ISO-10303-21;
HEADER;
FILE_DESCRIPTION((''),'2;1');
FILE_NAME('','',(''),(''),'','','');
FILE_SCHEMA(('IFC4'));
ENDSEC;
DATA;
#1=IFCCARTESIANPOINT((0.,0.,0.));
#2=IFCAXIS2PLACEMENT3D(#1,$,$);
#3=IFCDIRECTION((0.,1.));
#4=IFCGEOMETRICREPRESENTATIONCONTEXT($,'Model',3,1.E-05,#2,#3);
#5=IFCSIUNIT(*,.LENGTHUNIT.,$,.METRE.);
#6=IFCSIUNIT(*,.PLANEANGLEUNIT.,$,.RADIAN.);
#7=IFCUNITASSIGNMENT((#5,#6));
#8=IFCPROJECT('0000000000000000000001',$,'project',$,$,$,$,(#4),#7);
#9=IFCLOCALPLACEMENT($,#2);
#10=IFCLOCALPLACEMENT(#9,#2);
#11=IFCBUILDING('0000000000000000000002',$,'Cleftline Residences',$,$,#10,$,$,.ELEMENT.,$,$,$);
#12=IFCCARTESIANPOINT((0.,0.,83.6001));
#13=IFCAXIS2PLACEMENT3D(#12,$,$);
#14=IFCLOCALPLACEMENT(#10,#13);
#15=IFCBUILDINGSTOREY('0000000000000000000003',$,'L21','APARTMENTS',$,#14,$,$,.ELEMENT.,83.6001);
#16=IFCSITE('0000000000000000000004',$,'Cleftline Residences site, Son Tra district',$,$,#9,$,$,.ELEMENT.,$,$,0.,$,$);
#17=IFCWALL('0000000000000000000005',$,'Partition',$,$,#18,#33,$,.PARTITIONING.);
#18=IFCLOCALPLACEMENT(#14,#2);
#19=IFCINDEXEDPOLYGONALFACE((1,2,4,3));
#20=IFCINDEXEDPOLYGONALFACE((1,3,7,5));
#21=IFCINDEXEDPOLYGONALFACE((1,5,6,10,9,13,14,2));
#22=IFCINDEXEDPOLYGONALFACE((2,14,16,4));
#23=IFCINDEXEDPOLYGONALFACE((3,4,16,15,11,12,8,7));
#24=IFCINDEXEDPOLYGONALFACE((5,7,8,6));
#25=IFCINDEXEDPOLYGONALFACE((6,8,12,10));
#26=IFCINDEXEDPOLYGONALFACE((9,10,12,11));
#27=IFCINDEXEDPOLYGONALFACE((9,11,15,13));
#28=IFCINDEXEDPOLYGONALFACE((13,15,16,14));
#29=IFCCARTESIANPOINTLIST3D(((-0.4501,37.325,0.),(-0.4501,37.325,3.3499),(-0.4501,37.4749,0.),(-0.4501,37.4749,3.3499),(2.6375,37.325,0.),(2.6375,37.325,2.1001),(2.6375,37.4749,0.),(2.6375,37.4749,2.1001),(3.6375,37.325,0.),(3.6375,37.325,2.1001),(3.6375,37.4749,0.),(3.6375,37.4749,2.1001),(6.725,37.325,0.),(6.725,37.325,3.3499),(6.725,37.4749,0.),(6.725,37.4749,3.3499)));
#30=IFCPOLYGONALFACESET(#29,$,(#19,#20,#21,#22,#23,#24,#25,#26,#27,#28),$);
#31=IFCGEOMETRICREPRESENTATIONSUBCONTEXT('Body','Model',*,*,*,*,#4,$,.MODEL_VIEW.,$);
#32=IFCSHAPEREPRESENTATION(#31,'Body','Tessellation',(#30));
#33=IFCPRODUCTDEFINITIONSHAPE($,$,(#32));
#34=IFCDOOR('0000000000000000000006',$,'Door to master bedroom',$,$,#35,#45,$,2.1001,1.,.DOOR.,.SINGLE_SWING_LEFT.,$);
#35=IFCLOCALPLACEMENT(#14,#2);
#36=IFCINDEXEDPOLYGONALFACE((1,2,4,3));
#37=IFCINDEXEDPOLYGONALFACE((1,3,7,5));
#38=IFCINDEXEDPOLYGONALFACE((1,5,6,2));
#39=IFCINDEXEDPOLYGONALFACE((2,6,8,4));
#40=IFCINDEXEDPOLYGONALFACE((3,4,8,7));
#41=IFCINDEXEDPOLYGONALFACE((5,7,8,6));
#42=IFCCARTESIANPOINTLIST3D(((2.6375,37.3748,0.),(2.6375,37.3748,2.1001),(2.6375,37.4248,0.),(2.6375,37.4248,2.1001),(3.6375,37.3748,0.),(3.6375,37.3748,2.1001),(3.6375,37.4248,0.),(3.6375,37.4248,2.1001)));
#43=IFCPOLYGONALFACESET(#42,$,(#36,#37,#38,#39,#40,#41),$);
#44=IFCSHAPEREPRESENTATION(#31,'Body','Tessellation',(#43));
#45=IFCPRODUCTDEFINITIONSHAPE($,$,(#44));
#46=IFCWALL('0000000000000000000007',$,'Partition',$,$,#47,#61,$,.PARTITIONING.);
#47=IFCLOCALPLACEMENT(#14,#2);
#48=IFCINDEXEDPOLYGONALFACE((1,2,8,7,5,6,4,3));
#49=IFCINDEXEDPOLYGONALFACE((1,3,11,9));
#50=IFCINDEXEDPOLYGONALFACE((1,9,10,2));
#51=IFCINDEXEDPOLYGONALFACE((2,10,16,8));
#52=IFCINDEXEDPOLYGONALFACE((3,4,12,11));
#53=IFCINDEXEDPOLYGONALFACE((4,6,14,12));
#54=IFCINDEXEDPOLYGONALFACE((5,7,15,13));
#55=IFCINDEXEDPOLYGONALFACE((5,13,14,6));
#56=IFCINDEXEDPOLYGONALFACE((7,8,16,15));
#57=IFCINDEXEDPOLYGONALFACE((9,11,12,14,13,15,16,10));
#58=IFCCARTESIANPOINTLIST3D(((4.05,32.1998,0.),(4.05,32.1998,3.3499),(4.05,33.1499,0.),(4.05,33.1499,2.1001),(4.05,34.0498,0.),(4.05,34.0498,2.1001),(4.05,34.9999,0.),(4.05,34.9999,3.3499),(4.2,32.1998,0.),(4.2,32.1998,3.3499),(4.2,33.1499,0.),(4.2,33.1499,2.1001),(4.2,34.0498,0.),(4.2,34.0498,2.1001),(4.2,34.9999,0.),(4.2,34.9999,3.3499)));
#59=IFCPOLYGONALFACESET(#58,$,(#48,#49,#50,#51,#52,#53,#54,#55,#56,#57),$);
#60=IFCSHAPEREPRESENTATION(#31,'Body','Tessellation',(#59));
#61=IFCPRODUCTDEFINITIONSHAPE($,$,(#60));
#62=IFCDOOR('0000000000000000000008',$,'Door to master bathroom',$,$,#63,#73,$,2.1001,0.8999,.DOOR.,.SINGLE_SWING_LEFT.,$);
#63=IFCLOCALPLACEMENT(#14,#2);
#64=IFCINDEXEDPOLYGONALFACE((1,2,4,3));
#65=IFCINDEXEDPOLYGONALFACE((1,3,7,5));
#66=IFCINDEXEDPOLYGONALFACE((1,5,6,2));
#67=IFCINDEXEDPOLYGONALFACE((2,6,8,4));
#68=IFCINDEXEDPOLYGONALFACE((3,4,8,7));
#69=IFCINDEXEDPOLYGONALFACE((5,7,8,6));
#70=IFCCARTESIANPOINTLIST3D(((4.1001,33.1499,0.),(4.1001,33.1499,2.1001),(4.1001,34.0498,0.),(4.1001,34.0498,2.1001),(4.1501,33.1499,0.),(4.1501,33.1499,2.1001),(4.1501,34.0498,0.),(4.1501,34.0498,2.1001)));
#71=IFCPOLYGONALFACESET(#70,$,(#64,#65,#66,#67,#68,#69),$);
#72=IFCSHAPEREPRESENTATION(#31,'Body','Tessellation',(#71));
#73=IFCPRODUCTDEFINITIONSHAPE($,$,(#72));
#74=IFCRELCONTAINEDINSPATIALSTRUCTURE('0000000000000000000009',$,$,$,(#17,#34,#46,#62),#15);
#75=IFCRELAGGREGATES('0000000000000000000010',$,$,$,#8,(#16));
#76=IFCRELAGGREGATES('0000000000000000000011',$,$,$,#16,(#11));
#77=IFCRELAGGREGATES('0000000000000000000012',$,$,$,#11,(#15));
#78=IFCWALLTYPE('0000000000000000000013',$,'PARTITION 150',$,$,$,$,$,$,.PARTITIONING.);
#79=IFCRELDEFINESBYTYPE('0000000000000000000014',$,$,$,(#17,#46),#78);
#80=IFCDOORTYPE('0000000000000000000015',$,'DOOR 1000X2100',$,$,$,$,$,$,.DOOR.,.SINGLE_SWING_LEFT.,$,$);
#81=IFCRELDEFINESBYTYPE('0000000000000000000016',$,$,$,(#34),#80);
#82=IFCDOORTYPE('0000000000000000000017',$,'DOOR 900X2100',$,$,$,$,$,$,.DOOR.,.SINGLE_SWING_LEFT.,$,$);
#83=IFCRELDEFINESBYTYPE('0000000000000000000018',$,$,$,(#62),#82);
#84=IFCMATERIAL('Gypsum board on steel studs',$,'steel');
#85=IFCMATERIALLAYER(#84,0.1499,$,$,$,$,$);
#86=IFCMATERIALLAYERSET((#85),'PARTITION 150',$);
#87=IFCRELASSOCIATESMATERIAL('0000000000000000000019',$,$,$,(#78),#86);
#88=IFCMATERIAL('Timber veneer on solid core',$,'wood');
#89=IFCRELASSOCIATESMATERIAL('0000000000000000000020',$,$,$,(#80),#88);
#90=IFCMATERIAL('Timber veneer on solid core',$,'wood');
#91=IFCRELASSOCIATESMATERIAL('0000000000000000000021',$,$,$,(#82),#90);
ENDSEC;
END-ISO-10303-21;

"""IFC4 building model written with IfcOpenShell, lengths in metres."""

from ifc_helpers import new_model, si_unit, direction, frame, frame_2d, origin, place, context, subcontext, project, spatial, rectangle, extrude, material, layer, layer_set, type_object, element, fill, save


model = new_model("IFC4")

# Units and contexts
model_context = context("Model", 3, precision=1e-05, world=origin(), true_north=direction((0.0, 1.0)))
body_context = subcontext(model_context, "Body", "Model", "MODEL_VIEW")
ifc_project = project(units=[si_unit("LENGTHUNIT", "METRE"), si_unit("PLANEANGLEUNIT", "RADIAN")], contexts=[model_context])

# Site, building, storey
site_placement = place(None, origin())
site = spatial("IfcSite", under=ifc_project, at=site_placement, Name="Cleftline Residences site, Son Tra district", CompositionType="ELEMENT", RefElevation=0.0)
building_placement = place(site_placement, origin())
building = spatial("IfcBuilding", under=site, at=building_placement, Name="Cleftline Residences", CompositionType="ELEMENT")
storey_placement = place(building_placement, frame((0.0, 0.0, 83.6001)))
storey = spatial("IfcBuildingStorey", under=building, at=storey_placement, Name="L21", Description="APARTMENTS", CompositionType="ELEMENT", Elevation=83.6001)

# Shared definitions
ifc_material_1 = material(Name="Gypsum board on steel studs", Category="steel")
ifc_layer_1 = layer(ifc_material_1, 0.1499)
ifc_layer_set_1 = layer_set([ifc_layer_1], Name="PARTITION 150")
wall_type_1 = type_object("IfcWallType", Name="PARTITION 150", PredefinedType="PARTITIONING", material=ifc_layer_set_1)

# Walls, openings, doors
wall_1_placement = place(storey_placement, frame((-0.45, 37.3999, 0.0), z_axis=(0.0, 0.0, 1.0), x_axis=(1.0, 0.0, 0.0)))
wall_1 = element("IfcWall", 1, at=wall_1_placement, inside=storey, type_object=wall_type_1, Name="Partition", PredefinedType="PARTITIONING", context=body_context, shape_type="SweptSolid", body=[
    extrude(rectangle(XDim=7.175, YDim=0.1499, at=frame_2d((3.5874, 0.0))), origin(), (0.0, 0.0, 1.0), 3.3499),
])
opening_1_placement = place(wall_1_placement, frame((3.0874, 0.0, 0.0)))
opening_1 = element("IfcOpeningElement", 2, at=opening_1_placement, cuts=wall_1, PredefinedType="OPENING", context=body_context, shape_type="SweptSolid", body=[
    extrude(rectangle(XDim=1.0, YDim=2.1001, at=frame_2d((0.5, 1.05))), frame((0.0, 0.085, 0.0), z_axis=(0.0, -1.0, 0.0), x_axis=(1.0, 0.0, 0.0)), (0.0, 0.0, 1.0), 0.1699),
])
ifc_material_2 = material(Name="Timber veneer on solid core", Category="wood")
door_type_1 = type_object("IfcDoorType", Name="DOOR 1000X2100", OperationType="SINGLE_SWING_LEFT", PredefinedType="DOOR", material=ifc_material_2)
door_1_placement = place(opening_1_placement, origin())
door_1 = element("IfcDoor", 3, at=door_1_placement, inside=storey, type_object=door_type_1, Name="Door to master bedroom", OperationType="SINGLE_SWING_LEFT", OverallHeight=2.1001, OverallWidth=1.0, PredefinedType="DOOR", context=body_context, shape_type="SweptSolid", body=[
    extrude(rectangle(XDim=1.0, YDim=2.1001, at=frame_2d((0.5, 1.05))), frame((0.0, 0.0249, 0.0), z_axis=(0.0, -1.0, 0.0), x_axis=(1.0, 0.0, 0.0)), (0.0, 0.0, 1.0), 0.05),
])
fill(opening_1, door_1)
wall_2_placement = place(storey_placement, frame((4.125, 32.2, 0.0), z_axis=(0.0, 0.0, 1.0), x_axis=(0.0, 1.0, 0.0)))
wall_2 = element("IfcWall", 4, at=wall_2_placement, inside=storey, type_object=wall_type_1, Name="Partition", PredefinedType="PARTITIONING", context=body_context, shape_type="SweptSolid", body=[
    extrude(rectangle(XDim=2.8, YDim=0.1499, at=frame_2d((1.3999, 0.0))), origin(), (0.0, 0.0, 1.0), 3.3499),
])
opening_2_placement = place(wall_2_placement, frame((0.95, 0.0, 0.0)))
opening_2 = element("IfcOpeningElement", 5, at=opening_2_placement, cuts=wall_2, PredefinedType="OPENING", context=body_context, shape_type="SweptSolid", body=[
    extrude(rectangle(XDim=0.8999, YDim=2.1001, at=frame_2d((0.45, 1.05))), frame((0.0, 0.085, 0.0), z_axis=(0.0, -1.0, 0.0), x_axis=(1.0, 0.0, 0.0)), (0.0, 0.0, 1.0), 0.1699),
])
ifc_material_3 = material(Name="Timber veneer on solid core", Category="wood")
door_type_2 = type_object("IfcDoorType", Name="DOOR 900X2100", OperationType="SINGLE_SWING_LEFT", PredefinedType="DOOR", material=ifc_material_3)
door_2_placement = place(opening_2_placement, origin())
door_2 = element("IfcDoor", 6, at=door_2_placement, inside=storey, type_object=door_type_2, Name="Door to master bathroom", OperationType="SINGLE_SWING_LEFT", OverallHeight=2.1001, OverallWidth=0.8999, PredefinedType="DOOR", context=body_context, shape_type="SweptSolid", body=[
    extrude(rectangle(XDim=0.8999, YDim=2.1001, at=frame_2d((0.45, 1.05))), frame((0.0, 0.0249, 0.0), z_axis=(0.0, -1.0, 0.0), x_axis=(1.0, 0.0, 0.0)), (0.0, 0.0, 1.0), 0.05),
])
fill(opening_2, door_2)

save(model, "model.ifc")
